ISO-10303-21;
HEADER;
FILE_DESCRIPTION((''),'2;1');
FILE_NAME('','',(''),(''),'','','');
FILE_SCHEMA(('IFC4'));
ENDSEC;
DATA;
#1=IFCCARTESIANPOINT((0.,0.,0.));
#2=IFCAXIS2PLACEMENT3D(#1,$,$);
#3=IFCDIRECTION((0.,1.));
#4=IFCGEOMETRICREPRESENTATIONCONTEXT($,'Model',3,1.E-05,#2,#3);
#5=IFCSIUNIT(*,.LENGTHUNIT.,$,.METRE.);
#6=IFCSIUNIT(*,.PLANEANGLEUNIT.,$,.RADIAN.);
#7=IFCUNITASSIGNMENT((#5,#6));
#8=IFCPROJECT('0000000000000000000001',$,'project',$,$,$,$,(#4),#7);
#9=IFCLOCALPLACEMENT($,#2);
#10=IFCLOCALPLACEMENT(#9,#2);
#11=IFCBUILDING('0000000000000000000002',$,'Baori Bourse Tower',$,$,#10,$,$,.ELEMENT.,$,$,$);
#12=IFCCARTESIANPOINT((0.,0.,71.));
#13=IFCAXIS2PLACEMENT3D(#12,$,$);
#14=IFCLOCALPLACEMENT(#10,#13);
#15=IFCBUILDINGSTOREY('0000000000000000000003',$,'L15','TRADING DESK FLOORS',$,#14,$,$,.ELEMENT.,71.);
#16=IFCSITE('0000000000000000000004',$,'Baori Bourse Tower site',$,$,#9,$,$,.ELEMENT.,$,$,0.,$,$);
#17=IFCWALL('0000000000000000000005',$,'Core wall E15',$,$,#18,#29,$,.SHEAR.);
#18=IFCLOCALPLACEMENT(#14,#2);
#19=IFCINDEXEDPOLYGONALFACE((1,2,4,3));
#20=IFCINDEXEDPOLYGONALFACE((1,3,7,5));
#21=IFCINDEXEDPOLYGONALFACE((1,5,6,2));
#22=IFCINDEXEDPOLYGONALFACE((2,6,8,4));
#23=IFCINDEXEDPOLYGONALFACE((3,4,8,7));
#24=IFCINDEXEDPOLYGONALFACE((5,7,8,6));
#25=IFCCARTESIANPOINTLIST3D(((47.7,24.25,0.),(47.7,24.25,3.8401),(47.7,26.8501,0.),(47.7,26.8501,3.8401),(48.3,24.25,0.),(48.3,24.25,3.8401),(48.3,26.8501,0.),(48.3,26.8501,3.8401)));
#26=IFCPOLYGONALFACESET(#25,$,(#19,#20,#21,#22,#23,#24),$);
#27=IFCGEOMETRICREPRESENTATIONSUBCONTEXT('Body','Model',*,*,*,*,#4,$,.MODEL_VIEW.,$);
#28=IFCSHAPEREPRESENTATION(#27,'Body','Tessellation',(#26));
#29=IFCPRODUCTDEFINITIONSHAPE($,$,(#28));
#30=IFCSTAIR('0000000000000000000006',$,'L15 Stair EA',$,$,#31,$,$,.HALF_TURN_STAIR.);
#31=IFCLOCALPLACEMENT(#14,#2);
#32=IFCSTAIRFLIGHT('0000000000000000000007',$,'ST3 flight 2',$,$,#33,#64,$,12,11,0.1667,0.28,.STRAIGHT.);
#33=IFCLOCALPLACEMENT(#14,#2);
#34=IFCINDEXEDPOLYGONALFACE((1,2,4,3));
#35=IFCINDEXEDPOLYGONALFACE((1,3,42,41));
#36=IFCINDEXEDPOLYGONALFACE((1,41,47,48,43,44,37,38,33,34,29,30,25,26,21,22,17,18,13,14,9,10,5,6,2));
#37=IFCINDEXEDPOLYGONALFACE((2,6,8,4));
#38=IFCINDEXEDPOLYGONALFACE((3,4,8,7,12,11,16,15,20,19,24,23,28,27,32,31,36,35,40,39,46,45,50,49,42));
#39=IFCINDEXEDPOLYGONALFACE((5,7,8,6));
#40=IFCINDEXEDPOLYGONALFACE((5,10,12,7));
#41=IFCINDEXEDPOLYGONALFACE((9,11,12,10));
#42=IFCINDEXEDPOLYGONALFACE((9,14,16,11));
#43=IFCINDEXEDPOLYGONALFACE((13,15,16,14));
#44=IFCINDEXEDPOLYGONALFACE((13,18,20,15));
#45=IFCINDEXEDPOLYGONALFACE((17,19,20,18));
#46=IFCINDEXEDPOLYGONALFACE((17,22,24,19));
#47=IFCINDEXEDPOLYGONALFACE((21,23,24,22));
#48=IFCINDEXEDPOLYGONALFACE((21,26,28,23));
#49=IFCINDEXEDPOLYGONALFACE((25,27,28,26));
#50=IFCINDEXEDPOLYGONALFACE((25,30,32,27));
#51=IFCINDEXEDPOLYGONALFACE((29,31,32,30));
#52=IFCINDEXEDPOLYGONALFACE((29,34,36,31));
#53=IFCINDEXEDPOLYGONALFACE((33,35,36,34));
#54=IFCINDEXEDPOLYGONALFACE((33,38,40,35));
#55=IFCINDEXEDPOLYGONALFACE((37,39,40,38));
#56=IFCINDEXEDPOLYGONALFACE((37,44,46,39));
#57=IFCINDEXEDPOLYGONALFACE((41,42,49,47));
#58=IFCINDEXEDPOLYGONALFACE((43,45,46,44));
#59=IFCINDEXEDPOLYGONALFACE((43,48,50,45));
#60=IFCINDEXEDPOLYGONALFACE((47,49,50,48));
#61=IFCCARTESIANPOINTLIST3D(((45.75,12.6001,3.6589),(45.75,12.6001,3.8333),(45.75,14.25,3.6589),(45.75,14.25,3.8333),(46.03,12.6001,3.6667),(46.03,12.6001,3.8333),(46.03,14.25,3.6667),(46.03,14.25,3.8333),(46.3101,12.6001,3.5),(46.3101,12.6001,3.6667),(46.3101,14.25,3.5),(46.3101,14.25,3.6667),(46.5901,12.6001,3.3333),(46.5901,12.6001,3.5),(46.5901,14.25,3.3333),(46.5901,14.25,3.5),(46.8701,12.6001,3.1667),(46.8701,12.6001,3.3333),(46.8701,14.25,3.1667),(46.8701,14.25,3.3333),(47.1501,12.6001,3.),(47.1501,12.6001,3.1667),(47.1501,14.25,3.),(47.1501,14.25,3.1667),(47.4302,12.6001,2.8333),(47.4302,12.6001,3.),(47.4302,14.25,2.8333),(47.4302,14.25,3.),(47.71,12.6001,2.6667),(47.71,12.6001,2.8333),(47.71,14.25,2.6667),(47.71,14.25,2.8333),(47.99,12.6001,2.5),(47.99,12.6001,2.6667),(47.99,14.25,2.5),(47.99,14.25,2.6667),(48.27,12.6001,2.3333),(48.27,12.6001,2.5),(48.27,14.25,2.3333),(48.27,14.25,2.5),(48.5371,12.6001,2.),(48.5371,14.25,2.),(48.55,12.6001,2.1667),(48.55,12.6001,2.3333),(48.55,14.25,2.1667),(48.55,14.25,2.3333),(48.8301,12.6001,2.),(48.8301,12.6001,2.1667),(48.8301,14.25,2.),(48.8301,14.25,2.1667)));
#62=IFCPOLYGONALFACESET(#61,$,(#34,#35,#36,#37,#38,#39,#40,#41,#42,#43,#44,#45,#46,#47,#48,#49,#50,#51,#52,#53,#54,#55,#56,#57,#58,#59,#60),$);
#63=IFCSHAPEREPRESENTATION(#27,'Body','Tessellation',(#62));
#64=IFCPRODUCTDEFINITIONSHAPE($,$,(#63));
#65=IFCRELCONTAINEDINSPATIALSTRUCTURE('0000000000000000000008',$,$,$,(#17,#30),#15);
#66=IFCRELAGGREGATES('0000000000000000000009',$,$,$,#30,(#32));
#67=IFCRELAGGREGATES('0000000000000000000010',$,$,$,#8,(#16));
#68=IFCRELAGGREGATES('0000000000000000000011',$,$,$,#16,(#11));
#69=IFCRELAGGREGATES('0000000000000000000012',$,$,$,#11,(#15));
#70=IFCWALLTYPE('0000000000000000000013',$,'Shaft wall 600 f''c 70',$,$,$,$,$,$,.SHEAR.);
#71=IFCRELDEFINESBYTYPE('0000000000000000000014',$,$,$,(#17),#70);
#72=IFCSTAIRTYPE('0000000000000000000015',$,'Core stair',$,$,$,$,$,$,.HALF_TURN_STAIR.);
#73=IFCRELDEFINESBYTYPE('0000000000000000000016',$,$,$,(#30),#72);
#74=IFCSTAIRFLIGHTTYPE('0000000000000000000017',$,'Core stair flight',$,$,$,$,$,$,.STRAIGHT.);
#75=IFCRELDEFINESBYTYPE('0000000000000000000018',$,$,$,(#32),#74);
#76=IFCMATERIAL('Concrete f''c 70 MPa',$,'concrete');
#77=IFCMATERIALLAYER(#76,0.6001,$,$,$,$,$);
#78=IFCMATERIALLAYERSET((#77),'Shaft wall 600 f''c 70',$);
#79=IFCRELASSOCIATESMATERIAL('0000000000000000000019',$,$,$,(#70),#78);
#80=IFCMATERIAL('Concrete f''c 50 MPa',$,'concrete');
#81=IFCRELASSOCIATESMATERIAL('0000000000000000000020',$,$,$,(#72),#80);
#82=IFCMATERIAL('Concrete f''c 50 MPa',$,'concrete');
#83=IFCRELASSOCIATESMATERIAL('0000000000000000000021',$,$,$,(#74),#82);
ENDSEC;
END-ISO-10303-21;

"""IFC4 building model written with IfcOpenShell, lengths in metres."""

from ifc_helpers import new_model, si_unit, direction, frame, frame_2d, origin, place, context, subcontext, project, spatial, polyline, rectangle, outline, extrude, material, layer, layer_set, type_object, element, aggregate, save


model = new_model("IFC4")

# Units and contexts
model_context = context("Model", 3, precision=1e-05, world=origin(), true_north=direction((0.0, 1.0)))
body_context = subcontext(model_context, "Body", "Model", "MODEL_VIEW")
ifc_project = project(units=[si_unit("LENGTHUNIT", "METRE"), si_unit("PLANEANGLEUNIT", "RADIAN")], contexts=[model_context])

# Site, building, storey
site_placement = place(None, origin())
site = spatial("IfcSite", under=ifc_project, at=site_placement, Name="Baori Bourse Tower site", CompositionType="ELEMENT", RefElevation=0.0)
building_placement = place(site_placement, origin())
building = spatial("IfcBuilding", under=site, at=building_placement, Name="Baori Bourse Tower", CompositionType="ELEMENT")
storey_placement = place(building_placement, frame((0.0, 0.0, 71.0)))
storey = spatial("IfcBuildingStorey", under=building, at=storey_placement, Name="L15", Description="TRADING DESK FLOORS", CompositionType="ELEMENT", Elevation=71.0)

# Wall
ifc_material_1 = material(Name="Concrete f'c 70 MPa", Category="concrete")
ifc_layer_1 = layer(ifc_material_1, 0.6001)
ifc_layer_set_1 = layer_set([ifc_layer_1], Name="Shaft wall 600 f'c 70")
wall_type_1 = type_object("IfcWallType", Name="Shaft wall 600 f'c 70", PredefinedType="SHEAR", material=ifc_layer_set_1)
for number, where, z_axis, x_axis, name in (
    (1, (48.0, 24.25, 0.0), (0.0, 0.0, 1.0), (0.0, 1.0, 0.0), "Core wall E15"),
):
    element("IfcWall", number, at=place(storey_placement, frame(where, z_axis=z_axis, x_axis=x_axis)), inside=storey, type_object=wall_type_1, Name=name, PredefinedType="SHEAR", context=body_context, shape_type="SweptSolid", body=[
        extrude(rectangle(XDim=2.6001, YDim=0.6001, at=frame_2d((1.3, 0.0))), origin(), (0.0, 0.0, 1.0), 3.8401),
    ])

# Stair, stair flight
ifc_material_2 = material(Name="Concrete f'c 50 MPa", Category="concrete")
stair_type = type_object("IfcStairType", Name="Core stair", PredefinedType="HALF_TURN_STAIR", material=ifc_material_2)
stair_placement = place(storey_placement, origin())
stair = element("IfcStair", 2, at=stair_placement, inside=storey, type_object=stair_type, Name="L15 Stair EA", PredefinedType="HALF_TURN_STAIR")
ifc_material_3 = material(Name="Concrete f'c 50 MPa", Category="concrete")
stair_flight_type = type_object("IfcStairFlightType", Name="Core stair flight", PredefinedType="STRAIGHT", material=ifc_material_3)
stair_flight_placement = place(storey_placement, frame((48.8301, 13.425, 2.0), z_axis=(0.0, 0.0, 1.0), x_axis=(-1.0, 0.0, 0.0)))
stair_flight = element("IfcStairFlight", 3, at=stair_flight_placement, type_object=stair_flight_type, Name="ST3 flight 2", NumberOfRisers=12, NumberOfTreads=11, PredefinedType="STRAIGHT", RiserHeight=0.1667, TreadLength=0.28, context=body_context, shape_type="SweptSolid", body=[
    extrude(outline(polyline([(0.0, 0.0), (0.0, 0.1667), (0.28, 0.1667), (0.28, 0.3333), (0.5601, 0.3333), (0.5601, 0.5), (0.8401, 0.5), (0.8401, 0.6667), (1.1201, 0.6667), (1.1201, 0.8333), (1.3999, 0.8333), (1.3999, 1.0), (1.6799, 1.0), (1.6799, 1.1667), (1.96, 1.1667), (1.96, 1.3333), (2.24, 1.3333), (2.24, 1.5), (2.52, 1.5), (2.52, 1.6667), (2.8, 1.6667), (2.8, 1.8333), (3.0801, 1.8333), (3.0801, 2.0), (3.0801, 1.6589), (0.293, 0.0), (0.0, 0.0)])), frame((0.0, 0.825, 0.0), z_axis=(0.0, -1.0, 0.0), x_axis=(1.0, 0.0, 0.0)), (0.0, 0.0, 1.0), 1.6499),
])
aggregate(stair, [stair_flight])

save(model, "model.ifc")
